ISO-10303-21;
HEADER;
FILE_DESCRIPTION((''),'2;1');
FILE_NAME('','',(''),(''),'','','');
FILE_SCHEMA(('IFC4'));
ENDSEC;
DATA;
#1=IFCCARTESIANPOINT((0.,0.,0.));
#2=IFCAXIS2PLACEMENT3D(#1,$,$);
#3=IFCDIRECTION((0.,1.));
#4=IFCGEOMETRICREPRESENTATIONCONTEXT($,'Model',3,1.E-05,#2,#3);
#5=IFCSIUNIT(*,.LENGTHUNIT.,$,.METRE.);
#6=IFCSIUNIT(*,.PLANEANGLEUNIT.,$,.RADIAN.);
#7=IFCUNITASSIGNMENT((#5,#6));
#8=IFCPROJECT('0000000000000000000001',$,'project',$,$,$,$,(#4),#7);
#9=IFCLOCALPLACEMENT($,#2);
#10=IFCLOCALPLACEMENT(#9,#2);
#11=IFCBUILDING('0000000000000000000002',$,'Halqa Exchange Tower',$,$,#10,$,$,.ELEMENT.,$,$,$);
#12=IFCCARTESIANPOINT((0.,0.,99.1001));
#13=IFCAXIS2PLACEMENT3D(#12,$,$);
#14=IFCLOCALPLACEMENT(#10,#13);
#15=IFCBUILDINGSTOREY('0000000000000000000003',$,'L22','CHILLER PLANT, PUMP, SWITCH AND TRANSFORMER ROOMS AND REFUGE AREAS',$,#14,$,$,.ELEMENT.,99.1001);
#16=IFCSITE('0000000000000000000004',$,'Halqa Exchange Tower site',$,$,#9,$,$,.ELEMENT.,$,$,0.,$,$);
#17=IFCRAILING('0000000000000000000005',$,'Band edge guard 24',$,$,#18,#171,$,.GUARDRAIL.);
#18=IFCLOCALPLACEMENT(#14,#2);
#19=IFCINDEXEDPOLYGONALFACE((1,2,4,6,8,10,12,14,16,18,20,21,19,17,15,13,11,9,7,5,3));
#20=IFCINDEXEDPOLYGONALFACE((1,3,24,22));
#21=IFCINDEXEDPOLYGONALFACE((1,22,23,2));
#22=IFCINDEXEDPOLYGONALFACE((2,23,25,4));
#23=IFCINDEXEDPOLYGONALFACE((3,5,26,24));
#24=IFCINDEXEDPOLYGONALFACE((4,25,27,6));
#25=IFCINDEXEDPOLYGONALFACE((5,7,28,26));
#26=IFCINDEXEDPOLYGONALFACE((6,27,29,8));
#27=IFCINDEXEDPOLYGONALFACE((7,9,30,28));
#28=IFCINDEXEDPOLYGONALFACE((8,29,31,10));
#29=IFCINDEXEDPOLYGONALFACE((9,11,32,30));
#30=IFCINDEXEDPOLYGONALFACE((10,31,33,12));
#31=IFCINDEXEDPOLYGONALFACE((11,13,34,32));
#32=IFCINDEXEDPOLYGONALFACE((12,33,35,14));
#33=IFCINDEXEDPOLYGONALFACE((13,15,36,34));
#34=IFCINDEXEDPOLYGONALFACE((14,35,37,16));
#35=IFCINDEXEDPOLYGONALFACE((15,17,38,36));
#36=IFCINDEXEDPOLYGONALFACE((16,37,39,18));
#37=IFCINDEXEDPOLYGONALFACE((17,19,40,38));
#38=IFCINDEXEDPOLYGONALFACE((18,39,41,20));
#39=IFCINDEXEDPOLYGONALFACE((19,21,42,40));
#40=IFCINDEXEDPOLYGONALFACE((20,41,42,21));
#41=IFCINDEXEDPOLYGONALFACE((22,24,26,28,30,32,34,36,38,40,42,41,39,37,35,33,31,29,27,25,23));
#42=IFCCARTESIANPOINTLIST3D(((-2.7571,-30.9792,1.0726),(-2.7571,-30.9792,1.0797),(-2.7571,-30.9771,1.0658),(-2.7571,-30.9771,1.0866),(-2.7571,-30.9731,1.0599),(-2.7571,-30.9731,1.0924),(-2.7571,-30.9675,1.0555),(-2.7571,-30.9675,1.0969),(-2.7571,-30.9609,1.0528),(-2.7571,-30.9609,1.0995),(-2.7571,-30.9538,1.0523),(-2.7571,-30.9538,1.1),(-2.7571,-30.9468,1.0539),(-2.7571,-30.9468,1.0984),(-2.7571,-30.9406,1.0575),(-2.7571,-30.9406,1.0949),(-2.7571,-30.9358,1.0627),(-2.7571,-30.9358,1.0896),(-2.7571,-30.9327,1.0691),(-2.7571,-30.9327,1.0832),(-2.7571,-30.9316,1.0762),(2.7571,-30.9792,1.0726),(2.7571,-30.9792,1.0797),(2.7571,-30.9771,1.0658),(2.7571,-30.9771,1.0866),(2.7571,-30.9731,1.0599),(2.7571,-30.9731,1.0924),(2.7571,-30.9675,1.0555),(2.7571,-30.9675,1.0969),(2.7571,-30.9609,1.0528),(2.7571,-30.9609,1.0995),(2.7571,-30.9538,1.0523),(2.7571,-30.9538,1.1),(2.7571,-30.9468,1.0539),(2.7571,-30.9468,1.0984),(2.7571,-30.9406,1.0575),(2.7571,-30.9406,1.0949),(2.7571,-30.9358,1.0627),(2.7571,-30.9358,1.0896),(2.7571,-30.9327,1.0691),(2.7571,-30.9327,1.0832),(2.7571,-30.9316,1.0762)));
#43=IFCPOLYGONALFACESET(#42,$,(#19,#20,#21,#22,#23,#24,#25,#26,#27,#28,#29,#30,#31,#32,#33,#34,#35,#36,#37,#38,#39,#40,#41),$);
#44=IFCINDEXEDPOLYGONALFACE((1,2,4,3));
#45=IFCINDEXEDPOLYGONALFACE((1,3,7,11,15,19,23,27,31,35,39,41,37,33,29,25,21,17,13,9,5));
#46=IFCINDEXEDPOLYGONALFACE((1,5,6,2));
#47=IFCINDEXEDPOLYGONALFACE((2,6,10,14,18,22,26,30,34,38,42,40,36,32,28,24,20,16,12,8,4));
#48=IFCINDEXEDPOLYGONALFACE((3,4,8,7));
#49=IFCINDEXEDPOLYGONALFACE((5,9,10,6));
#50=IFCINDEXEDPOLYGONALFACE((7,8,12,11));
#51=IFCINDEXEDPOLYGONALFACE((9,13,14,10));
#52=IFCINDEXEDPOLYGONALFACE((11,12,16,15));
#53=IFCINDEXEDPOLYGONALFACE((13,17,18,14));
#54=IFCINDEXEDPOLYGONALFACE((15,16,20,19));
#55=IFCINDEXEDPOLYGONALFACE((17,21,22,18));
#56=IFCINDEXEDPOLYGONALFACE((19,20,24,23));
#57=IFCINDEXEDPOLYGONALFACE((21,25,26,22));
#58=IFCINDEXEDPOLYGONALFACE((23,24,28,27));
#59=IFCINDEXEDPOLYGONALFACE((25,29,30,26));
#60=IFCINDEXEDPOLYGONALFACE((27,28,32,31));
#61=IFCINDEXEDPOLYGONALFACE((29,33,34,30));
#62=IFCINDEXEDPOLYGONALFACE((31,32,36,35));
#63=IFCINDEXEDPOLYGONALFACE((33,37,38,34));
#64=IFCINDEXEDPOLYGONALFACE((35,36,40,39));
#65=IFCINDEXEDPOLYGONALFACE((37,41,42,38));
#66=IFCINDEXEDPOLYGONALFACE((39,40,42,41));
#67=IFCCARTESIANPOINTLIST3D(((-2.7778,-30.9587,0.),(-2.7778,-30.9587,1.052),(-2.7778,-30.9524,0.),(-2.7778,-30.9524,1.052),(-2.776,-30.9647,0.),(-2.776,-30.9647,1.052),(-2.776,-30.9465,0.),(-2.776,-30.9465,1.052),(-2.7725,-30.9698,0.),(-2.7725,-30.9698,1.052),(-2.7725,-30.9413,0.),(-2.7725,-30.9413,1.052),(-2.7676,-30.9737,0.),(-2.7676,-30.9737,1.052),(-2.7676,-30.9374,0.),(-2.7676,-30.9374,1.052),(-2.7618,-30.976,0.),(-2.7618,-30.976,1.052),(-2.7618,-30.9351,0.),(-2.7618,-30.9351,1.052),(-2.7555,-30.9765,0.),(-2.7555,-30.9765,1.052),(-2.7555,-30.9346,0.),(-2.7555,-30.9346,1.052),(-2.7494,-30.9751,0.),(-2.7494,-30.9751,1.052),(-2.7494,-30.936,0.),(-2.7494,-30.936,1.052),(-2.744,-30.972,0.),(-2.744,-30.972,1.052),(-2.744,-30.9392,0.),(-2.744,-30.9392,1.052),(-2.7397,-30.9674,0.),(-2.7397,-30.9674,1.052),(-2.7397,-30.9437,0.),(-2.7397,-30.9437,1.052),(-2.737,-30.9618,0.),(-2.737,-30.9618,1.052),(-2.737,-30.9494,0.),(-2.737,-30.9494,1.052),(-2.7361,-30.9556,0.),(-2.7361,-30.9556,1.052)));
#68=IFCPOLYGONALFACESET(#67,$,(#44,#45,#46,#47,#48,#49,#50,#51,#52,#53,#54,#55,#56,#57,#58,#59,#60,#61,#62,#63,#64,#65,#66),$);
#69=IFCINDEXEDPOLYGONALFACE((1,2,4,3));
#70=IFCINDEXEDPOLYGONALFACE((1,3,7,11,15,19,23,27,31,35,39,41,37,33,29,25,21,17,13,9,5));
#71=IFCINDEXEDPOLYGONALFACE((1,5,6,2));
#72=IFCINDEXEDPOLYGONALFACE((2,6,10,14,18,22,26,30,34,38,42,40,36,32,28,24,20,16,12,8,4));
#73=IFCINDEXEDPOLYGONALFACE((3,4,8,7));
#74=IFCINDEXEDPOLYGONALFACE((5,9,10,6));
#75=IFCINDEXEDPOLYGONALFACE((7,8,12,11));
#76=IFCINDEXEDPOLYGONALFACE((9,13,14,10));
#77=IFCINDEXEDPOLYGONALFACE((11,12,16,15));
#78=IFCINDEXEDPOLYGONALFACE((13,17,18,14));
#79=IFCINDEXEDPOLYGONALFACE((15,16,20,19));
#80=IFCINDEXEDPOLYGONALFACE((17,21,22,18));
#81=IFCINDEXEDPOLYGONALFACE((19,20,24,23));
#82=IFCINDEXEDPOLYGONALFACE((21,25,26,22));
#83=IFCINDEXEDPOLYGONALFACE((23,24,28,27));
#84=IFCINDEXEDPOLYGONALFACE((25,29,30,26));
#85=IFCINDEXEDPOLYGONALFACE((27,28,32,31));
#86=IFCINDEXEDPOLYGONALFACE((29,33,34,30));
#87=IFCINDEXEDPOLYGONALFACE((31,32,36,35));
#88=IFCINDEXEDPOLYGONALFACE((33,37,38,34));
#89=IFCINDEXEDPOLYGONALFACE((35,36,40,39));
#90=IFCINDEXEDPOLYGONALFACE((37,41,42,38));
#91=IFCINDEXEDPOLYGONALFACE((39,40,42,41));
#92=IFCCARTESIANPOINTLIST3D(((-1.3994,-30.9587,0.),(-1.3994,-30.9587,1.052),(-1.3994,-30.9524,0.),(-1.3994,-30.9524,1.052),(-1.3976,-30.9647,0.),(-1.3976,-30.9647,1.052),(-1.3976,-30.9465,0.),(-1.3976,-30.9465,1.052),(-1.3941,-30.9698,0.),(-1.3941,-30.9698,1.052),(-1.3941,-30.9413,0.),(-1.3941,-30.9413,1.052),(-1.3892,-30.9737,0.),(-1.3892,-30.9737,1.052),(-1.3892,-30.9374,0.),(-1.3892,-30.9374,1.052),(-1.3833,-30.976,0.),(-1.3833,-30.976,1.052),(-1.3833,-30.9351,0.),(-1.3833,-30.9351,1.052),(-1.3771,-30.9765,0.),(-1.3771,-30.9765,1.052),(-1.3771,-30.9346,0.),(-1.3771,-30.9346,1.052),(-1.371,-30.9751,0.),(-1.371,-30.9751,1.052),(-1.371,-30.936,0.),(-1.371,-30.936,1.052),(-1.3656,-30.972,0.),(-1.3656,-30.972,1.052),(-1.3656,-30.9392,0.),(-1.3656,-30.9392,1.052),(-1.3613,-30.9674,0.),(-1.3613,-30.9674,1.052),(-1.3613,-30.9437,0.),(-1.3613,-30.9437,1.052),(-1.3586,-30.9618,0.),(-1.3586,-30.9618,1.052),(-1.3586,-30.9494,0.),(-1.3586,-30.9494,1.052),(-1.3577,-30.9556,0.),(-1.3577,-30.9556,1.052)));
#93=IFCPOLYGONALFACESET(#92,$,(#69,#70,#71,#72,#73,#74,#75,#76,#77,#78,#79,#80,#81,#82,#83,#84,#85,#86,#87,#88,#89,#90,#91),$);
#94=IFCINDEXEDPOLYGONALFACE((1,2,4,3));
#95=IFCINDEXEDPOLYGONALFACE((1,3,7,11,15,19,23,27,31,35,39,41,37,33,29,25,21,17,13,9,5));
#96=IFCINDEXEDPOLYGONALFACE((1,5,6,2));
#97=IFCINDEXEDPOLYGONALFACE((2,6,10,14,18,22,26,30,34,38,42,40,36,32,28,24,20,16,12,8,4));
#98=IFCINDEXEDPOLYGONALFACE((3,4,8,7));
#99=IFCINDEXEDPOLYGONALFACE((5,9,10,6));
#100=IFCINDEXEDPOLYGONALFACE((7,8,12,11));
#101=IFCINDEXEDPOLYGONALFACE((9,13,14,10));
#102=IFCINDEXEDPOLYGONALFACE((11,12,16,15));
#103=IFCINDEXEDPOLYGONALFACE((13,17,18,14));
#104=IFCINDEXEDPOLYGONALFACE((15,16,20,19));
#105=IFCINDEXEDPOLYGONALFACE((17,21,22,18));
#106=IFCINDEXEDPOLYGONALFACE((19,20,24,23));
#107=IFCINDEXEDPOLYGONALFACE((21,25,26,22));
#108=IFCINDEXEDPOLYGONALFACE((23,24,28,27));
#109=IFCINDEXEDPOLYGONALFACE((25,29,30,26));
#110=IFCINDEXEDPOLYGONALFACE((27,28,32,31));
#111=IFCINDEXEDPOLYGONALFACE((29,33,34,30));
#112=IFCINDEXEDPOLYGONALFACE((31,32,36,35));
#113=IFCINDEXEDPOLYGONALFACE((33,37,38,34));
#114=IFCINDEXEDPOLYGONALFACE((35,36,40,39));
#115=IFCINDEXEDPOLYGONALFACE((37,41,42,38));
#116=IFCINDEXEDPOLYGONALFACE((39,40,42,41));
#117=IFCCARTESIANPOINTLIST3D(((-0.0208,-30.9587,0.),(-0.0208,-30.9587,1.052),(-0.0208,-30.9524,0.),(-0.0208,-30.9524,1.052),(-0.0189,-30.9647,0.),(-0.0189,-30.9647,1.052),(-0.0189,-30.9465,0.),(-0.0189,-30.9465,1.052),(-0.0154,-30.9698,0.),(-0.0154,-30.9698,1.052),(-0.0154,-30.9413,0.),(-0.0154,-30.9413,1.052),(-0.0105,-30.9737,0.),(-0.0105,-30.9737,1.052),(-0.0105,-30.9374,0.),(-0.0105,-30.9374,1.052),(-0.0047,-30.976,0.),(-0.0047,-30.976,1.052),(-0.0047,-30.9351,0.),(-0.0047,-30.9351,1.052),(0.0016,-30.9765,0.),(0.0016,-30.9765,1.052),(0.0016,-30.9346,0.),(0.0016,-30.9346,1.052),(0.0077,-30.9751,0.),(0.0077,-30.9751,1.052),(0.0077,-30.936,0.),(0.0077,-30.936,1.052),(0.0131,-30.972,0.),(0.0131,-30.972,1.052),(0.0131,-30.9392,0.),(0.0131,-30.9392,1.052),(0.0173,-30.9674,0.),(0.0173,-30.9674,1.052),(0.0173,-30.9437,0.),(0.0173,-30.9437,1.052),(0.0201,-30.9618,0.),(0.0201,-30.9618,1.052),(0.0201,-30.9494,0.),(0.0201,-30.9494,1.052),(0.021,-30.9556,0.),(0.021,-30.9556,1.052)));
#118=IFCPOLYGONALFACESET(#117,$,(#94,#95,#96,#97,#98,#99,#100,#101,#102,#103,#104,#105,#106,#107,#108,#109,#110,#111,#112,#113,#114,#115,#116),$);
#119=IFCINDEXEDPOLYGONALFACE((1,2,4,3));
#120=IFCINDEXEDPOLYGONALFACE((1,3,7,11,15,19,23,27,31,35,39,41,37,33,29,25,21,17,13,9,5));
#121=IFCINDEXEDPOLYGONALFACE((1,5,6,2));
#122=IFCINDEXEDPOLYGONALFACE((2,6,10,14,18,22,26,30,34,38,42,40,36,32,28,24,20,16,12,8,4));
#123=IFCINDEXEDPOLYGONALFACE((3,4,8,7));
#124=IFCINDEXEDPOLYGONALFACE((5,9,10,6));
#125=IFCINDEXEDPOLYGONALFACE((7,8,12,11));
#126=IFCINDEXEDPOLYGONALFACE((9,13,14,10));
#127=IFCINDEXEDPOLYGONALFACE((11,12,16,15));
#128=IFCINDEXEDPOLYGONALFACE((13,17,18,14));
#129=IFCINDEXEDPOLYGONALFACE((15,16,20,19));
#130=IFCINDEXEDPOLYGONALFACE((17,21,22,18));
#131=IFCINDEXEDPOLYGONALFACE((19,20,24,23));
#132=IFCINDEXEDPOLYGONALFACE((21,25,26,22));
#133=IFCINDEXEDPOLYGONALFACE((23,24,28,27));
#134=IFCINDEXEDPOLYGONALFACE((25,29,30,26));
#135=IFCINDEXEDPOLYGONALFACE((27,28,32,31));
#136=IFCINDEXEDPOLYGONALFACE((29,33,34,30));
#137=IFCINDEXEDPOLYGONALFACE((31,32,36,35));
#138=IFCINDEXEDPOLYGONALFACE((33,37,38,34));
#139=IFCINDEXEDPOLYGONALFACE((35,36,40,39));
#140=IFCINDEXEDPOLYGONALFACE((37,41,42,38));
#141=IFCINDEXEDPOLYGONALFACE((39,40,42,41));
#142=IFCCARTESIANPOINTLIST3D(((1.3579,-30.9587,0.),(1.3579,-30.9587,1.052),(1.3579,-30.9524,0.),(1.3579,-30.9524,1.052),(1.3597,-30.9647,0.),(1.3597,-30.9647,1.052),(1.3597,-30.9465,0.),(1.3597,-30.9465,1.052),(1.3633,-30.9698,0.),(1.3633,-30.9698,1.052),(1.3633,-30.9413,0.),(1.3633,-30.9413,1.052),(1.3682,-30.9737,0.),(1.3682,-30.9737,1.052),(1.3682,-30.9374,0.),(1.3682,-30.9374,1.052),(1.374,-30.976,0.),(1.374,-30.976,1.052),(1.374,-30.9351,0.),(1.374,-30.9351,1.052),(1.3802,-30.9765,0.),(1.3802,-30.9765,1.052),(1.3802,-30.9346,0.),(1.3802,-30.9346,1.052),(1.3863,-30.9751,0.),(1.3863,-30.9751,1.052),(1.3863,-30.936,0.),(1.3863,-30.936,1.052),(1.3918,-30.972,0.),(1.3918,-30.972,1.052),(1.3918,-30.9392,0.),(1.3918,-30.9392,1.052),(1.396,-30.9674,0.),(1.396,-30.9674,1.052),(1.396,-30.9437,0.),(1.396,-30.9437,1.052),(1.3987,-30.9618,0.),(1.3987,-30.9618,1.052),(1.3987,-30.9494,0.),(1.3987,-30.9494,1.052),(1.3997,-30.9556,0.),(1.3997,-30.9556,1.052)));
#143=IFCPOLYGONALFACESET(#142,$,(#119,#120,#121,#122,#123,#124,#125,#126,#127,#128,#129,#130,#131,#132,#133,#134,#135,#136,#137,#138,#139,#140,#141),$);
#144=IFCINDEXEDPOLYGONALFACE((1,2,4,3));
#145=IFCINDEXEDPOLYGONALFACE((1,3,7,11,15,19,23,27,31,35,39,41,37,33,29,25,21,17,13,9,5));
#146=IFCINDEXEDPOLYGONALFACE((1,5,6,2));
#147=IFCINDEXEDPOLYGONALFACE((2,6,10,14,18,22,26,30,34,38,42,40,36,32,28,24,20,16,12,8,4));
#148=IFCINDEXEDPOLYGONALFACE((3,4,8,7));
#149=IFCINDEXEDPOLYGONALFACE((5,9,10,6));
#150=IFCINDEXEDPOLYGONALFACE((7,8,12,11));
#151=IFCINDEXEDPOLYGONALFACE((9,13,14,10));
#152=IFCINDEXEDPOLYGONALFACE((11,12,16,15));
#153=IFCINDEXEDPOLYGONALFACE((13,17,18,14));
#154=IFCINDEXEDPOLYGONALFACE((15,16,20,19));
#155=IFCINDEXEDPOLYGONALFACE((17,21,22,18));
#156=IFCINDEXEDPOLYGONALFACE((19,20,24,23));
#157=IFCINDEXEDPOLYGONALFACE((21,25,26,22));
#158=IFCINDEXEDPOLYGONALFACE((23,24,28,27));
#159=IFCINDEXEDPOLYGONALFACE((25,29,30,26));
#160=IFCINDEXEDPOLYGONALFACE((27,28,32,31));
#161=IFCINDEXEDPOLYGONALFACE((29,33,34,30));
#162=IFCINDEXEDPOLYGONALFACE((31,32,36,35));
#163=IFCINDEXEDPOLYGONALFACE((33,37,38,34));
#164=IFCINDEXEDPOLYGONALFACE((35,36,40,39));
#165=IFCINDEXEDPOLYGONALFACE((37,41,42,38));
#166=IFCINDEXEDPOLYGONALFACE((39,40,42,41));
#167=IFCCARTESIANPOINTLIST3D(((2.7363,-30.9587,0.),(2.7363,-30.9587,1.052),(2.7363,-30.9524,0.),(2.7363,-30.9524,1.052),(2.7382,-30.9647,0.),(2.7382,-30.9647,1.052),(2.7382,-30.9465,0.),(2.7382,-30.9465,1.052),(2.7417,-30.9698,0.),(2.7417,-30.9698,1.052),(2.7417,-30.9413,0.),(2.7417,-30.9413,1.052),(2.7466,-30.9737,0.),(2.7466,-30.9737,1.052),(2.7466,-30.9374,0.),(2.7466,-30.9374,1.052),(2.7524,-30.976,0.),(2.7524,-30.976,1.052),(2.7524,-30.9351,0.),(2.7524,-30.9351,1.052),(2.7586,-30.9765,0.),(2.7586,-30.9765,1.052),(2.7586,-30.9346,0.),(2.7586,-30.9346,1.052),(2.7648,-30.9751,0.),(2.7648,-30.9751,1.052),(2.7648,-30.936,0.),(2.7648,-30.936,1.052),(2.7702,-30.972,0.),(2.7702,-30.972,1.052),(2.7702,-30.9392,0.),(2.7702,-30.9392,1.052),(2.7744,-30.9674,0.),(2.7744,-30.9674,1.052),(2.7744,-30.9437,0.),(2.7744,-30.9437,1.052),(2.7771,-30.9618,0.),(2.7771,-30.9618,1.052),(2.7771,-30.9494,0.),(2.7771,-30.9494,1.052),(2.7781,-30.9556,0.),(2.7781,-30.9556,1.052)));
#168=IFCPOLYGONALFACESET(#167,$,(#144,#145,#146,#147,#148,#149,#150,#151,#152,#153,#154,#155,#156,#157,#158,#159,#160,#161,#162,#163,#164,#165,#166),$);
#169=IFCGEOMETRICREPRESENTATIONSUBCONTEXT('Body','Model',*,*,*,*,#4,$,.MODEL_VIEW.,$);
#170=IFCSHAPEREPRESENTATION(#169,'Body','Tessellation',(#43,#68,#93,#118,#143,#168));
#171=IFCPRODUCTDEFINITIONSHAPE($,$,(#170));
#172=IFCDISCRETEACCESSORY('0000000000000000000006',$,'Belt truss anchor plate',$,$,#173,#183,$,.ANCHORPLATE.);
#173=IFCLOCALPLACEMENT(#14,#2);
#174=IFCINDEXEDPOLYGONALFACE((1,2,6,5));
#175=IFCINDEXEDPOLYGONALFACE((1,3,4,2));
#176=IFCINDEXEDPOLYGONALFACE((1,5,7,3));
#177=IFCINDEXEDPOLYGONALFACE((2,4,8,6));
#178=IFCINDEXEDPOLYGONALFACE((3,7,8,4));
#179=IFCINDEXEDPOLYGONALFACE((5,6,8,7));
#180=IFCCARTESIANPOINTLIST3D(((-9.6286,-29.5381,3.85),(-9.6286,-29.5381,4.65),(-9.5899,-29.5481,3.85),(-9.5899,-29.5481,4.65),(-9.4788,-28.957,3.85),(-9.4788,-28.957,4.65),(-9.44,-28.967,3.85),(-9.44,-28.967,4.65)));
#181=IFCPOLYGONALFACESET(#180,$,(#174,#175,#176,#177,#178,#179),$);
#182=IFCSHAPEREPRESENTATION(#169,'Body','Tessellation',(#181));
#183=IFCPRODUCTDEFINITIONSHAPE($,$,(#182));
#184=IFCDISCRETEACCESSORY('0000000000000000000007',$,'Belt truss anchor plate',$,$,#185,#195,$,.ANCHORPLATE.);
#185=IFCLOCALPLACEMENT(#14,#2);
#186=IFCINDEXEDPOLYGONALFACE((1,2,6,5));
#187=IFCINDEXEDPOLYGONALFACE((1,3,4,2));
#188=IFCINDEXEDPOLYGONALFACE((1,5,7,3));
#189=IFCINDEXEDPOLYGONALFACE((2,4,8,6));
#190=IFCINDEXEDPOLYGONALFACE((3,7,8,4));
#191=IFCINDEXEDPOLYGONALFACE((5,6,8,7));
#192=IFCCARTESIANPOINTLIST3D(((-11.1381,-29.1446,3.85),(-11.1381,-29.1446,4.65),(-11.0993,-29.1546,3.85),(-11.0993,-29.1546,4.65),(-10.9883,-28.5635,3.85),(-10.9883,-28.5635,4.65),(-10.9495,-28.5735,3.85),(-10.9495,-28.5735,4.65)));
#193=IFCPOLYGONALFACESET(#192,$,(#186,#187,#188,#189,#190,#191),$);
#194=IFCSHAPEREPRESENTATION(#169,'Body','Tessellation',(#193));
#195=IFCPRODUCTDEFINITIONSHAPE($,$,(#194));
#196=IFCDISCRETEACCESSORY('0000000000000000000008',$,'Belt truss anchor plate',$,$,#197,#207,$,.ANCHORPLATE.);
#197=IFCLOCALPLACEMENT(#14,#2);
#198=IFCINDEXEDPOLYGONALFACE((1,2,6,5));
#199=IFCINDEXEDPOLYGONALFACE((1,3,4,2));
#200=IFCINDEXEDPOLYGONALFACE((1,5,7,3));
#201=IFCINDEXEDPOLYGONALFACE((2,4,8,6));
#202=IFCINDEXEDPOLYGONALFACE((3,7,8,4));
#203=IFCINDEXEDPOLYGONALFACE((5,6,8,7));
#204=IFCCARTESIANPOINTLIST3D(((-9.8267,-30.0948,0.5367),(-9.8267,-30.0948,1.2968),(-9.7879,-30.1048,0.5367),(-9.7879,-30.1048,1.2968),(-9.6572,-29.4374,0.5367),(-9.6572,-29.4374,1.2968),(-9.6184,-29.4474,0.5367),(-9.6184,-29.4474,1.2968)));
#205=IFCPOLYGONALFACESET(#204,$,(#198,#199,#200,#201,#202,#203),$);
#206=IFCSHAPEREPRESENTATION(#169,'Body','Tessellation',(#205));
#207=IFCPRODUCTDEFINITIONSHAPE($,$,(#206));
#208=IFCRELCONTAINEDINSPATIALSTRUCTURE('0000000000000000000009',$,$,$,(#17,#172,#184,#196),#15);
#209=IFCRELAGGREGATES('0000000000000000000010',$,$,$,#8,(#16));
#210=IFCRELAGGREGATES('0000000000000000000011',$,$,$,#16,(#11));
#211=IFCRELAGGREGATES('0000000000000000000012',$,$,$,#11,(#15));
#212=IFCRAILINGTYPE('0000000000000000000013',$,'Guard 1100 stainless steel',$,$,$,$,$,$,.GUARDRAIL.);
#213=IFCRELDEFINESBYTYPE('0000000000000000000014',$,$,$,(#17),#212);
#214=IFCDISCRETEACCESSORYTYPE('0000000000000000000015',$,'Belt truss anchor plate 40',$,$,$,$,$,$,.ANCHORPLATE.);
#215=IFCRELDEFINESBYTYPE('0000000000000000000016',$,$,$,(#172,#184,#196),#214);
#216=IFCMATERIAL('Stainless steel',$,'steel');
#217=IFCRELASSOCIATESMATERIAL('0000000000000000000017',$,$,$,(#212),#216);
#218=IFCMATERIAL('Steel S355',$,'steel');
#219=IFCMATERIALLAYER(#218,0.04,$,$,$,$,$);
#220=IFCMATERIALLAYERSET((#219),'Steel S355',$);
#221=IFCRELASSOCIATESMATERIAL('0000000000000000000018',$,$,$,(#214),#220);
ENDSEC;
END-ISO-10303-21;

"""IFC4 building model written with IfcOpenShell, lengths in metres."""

from ifc_helpers import new_model, si_unit, direction, frame, origin, origin_2d, place, context, subcontext, project, spatial, rectangle, circle, extrude, material, layer, layer_set, type_object, element, save


model = new_model("IFC4")

# Units and contexts
model_context = context("Model", 3, precision=1e-05, world=origin(), true_north=direction((0.0, 1.0)))
body_context = subcontext(model_context, "Body", "Model", "MODEL_VIEW")
ifc_project = project(units=[si_unit("LENGTHUNIT", "METRE"), si_unit("PLANEANGLEUNIT", "RADIAN")], contexts=[model_context])

# Site, building, storey
site_placement = place(None, origin())
site = spatial("IfcSite", under=ifc_project, at=site_placement, Name="Halqa Exchange Tower site", CompositionType="ELEMENT", RefElevation=0.0)
building_placement = place(site_placement, origin())
building = spatial("IfcBuilding", under=site, at=building_placement, Name="Halqa Exchange Tower", CompositionType="ELEMENT")
storey_placement = place(building_placement, frame((0.0, 0.0, 99.1001)))
storey = spatial("IfcBuildingStorey", under=building, at=storey_placement, Name="L22", Description="CHILLER PLANT, PUMP, SWITCH AND TRANSFORMER ROOMS AND REFUGE AREAS", CompositionType="ELEMENT", Elevation=99.1001)

# Shared definitions
ifc_material_1 = material(Name="Steel S355", Category="steel")

# Railing
ifc_material_2 = material(Name="Stainless steel", Category="steel")
railing_type = type_object("IfcRailingType", Name="Guard 1100 stainless steel", PredefinedType="GUARDRAIL", material=ifc_material_2)
railing_1_placement = place(storey_placement, frame((-2.7571, -30.9556, 0.0)))
element("IfcRailing", 1, at=railing_1_placement, inside=storey, type_object=railing_type, Name="Band edge guard 24", PredefinedType="GUARDRAIL", context=body_context, shape_type="SweptSolid", body=[
    extrude(circle(Radius=0.0239, at=origin_2d()), frame((0.0, 0.0, 1.0762), z_axis=(1.0, 0.0, 0.0), x_axis=(0.0, 1.0, 0.0)), (0.0, 0.0, 1.0), 5.5142),
    extrude(circle(Radius=0.021, at=origin_2d()), origin(), (0.0, 0.0, 1.0), 1.052),
    extrude(circle(Radius=0.021, at=origin_2d()), frame((1.3784, 0.0, 0.0)), (0.0, 0.0, 1.0), 1.052),
    extrude(circle(Radius=0.021, at=origin_2d()), frame((2.7571, 0.0, 0.0)), (0.0, 0.0, 1.0), 1.052),
    extrude(circle(Radius=0.021, at=origin_2d()), frame((4.1357, 0.0, 0.0)), (0.0, 0.0, 1.0), 1.052),
    extrude(circle(Radius=0.021, at=origin_2d()), frame((5.5142, 0.0, 0.0)), (0.0, 0.0, 1.0), 1.052),
])

# Discrete accessories
ifc_layer = layer(ifc_material_1, 0.04)
ifc_layer_set = layer_set([ifc_layer], Name="Steel S355")
discrete_accessory_type = type_object("IfcDiscreteAccessoryType", Name="Belt truss anchor plate 40", PredefinedType="ANCHORPLATE", material=ifc_layer_set)
for number, where, z_axis, x_axis, name in (
    (2, (-9.5537, -29.2476, 4.25), (0.968325, -0.249694, 0.0), (0.249694, 0.968325, 0.0), "Belt truss anchor plate"),
    (3, (-11.0244, -28.864, 4.25), (-0.968325, 0.249694, 0.0), (-0.249694, -0.968325, 0.0), "Belt truss anchor plate"),
):
    element("IfcDiscreteAccessory", number, at=place(storey_placement, frame(where, z_axis=z_axis, x_axis=x_axis)), inside=storey, type_object=discrete_accessory_type, Name=name, PredefinedType="ANCHORPLATE", context=body_context, shape_type="SweptSolid", body=[
        extrude(rectangle(XDim=0.6001, YDim=0.8, at=origin_2d()), origin(), (0.0, 0.0, 1.0), 0.04),
    ])
discrete_accessory_1_placement = place(storey_placement, frame((-9.7419, -29.7661, 0.9167), z_axis=(0.968325, -0.249694, 0.0), x_axis=(0.249694, 0.968325, 0.0)))
element("IfcDiscreteAccessory", 4, at=discrete_accessory_1_placement, inside=storey, type_object=discrete_accessory_type, Name="Belt truss anchor plate", PredefinedType="ANCHORPLATE", context=body_context, shape_type="SweptSolid", body=[
    extrude(rectangle(XDim=0.679, YDim=0.76, at=origin_2d()), origin(), (0.0, 0.0, 1.0), 0.04),
])

save(model, "model.ifc")
